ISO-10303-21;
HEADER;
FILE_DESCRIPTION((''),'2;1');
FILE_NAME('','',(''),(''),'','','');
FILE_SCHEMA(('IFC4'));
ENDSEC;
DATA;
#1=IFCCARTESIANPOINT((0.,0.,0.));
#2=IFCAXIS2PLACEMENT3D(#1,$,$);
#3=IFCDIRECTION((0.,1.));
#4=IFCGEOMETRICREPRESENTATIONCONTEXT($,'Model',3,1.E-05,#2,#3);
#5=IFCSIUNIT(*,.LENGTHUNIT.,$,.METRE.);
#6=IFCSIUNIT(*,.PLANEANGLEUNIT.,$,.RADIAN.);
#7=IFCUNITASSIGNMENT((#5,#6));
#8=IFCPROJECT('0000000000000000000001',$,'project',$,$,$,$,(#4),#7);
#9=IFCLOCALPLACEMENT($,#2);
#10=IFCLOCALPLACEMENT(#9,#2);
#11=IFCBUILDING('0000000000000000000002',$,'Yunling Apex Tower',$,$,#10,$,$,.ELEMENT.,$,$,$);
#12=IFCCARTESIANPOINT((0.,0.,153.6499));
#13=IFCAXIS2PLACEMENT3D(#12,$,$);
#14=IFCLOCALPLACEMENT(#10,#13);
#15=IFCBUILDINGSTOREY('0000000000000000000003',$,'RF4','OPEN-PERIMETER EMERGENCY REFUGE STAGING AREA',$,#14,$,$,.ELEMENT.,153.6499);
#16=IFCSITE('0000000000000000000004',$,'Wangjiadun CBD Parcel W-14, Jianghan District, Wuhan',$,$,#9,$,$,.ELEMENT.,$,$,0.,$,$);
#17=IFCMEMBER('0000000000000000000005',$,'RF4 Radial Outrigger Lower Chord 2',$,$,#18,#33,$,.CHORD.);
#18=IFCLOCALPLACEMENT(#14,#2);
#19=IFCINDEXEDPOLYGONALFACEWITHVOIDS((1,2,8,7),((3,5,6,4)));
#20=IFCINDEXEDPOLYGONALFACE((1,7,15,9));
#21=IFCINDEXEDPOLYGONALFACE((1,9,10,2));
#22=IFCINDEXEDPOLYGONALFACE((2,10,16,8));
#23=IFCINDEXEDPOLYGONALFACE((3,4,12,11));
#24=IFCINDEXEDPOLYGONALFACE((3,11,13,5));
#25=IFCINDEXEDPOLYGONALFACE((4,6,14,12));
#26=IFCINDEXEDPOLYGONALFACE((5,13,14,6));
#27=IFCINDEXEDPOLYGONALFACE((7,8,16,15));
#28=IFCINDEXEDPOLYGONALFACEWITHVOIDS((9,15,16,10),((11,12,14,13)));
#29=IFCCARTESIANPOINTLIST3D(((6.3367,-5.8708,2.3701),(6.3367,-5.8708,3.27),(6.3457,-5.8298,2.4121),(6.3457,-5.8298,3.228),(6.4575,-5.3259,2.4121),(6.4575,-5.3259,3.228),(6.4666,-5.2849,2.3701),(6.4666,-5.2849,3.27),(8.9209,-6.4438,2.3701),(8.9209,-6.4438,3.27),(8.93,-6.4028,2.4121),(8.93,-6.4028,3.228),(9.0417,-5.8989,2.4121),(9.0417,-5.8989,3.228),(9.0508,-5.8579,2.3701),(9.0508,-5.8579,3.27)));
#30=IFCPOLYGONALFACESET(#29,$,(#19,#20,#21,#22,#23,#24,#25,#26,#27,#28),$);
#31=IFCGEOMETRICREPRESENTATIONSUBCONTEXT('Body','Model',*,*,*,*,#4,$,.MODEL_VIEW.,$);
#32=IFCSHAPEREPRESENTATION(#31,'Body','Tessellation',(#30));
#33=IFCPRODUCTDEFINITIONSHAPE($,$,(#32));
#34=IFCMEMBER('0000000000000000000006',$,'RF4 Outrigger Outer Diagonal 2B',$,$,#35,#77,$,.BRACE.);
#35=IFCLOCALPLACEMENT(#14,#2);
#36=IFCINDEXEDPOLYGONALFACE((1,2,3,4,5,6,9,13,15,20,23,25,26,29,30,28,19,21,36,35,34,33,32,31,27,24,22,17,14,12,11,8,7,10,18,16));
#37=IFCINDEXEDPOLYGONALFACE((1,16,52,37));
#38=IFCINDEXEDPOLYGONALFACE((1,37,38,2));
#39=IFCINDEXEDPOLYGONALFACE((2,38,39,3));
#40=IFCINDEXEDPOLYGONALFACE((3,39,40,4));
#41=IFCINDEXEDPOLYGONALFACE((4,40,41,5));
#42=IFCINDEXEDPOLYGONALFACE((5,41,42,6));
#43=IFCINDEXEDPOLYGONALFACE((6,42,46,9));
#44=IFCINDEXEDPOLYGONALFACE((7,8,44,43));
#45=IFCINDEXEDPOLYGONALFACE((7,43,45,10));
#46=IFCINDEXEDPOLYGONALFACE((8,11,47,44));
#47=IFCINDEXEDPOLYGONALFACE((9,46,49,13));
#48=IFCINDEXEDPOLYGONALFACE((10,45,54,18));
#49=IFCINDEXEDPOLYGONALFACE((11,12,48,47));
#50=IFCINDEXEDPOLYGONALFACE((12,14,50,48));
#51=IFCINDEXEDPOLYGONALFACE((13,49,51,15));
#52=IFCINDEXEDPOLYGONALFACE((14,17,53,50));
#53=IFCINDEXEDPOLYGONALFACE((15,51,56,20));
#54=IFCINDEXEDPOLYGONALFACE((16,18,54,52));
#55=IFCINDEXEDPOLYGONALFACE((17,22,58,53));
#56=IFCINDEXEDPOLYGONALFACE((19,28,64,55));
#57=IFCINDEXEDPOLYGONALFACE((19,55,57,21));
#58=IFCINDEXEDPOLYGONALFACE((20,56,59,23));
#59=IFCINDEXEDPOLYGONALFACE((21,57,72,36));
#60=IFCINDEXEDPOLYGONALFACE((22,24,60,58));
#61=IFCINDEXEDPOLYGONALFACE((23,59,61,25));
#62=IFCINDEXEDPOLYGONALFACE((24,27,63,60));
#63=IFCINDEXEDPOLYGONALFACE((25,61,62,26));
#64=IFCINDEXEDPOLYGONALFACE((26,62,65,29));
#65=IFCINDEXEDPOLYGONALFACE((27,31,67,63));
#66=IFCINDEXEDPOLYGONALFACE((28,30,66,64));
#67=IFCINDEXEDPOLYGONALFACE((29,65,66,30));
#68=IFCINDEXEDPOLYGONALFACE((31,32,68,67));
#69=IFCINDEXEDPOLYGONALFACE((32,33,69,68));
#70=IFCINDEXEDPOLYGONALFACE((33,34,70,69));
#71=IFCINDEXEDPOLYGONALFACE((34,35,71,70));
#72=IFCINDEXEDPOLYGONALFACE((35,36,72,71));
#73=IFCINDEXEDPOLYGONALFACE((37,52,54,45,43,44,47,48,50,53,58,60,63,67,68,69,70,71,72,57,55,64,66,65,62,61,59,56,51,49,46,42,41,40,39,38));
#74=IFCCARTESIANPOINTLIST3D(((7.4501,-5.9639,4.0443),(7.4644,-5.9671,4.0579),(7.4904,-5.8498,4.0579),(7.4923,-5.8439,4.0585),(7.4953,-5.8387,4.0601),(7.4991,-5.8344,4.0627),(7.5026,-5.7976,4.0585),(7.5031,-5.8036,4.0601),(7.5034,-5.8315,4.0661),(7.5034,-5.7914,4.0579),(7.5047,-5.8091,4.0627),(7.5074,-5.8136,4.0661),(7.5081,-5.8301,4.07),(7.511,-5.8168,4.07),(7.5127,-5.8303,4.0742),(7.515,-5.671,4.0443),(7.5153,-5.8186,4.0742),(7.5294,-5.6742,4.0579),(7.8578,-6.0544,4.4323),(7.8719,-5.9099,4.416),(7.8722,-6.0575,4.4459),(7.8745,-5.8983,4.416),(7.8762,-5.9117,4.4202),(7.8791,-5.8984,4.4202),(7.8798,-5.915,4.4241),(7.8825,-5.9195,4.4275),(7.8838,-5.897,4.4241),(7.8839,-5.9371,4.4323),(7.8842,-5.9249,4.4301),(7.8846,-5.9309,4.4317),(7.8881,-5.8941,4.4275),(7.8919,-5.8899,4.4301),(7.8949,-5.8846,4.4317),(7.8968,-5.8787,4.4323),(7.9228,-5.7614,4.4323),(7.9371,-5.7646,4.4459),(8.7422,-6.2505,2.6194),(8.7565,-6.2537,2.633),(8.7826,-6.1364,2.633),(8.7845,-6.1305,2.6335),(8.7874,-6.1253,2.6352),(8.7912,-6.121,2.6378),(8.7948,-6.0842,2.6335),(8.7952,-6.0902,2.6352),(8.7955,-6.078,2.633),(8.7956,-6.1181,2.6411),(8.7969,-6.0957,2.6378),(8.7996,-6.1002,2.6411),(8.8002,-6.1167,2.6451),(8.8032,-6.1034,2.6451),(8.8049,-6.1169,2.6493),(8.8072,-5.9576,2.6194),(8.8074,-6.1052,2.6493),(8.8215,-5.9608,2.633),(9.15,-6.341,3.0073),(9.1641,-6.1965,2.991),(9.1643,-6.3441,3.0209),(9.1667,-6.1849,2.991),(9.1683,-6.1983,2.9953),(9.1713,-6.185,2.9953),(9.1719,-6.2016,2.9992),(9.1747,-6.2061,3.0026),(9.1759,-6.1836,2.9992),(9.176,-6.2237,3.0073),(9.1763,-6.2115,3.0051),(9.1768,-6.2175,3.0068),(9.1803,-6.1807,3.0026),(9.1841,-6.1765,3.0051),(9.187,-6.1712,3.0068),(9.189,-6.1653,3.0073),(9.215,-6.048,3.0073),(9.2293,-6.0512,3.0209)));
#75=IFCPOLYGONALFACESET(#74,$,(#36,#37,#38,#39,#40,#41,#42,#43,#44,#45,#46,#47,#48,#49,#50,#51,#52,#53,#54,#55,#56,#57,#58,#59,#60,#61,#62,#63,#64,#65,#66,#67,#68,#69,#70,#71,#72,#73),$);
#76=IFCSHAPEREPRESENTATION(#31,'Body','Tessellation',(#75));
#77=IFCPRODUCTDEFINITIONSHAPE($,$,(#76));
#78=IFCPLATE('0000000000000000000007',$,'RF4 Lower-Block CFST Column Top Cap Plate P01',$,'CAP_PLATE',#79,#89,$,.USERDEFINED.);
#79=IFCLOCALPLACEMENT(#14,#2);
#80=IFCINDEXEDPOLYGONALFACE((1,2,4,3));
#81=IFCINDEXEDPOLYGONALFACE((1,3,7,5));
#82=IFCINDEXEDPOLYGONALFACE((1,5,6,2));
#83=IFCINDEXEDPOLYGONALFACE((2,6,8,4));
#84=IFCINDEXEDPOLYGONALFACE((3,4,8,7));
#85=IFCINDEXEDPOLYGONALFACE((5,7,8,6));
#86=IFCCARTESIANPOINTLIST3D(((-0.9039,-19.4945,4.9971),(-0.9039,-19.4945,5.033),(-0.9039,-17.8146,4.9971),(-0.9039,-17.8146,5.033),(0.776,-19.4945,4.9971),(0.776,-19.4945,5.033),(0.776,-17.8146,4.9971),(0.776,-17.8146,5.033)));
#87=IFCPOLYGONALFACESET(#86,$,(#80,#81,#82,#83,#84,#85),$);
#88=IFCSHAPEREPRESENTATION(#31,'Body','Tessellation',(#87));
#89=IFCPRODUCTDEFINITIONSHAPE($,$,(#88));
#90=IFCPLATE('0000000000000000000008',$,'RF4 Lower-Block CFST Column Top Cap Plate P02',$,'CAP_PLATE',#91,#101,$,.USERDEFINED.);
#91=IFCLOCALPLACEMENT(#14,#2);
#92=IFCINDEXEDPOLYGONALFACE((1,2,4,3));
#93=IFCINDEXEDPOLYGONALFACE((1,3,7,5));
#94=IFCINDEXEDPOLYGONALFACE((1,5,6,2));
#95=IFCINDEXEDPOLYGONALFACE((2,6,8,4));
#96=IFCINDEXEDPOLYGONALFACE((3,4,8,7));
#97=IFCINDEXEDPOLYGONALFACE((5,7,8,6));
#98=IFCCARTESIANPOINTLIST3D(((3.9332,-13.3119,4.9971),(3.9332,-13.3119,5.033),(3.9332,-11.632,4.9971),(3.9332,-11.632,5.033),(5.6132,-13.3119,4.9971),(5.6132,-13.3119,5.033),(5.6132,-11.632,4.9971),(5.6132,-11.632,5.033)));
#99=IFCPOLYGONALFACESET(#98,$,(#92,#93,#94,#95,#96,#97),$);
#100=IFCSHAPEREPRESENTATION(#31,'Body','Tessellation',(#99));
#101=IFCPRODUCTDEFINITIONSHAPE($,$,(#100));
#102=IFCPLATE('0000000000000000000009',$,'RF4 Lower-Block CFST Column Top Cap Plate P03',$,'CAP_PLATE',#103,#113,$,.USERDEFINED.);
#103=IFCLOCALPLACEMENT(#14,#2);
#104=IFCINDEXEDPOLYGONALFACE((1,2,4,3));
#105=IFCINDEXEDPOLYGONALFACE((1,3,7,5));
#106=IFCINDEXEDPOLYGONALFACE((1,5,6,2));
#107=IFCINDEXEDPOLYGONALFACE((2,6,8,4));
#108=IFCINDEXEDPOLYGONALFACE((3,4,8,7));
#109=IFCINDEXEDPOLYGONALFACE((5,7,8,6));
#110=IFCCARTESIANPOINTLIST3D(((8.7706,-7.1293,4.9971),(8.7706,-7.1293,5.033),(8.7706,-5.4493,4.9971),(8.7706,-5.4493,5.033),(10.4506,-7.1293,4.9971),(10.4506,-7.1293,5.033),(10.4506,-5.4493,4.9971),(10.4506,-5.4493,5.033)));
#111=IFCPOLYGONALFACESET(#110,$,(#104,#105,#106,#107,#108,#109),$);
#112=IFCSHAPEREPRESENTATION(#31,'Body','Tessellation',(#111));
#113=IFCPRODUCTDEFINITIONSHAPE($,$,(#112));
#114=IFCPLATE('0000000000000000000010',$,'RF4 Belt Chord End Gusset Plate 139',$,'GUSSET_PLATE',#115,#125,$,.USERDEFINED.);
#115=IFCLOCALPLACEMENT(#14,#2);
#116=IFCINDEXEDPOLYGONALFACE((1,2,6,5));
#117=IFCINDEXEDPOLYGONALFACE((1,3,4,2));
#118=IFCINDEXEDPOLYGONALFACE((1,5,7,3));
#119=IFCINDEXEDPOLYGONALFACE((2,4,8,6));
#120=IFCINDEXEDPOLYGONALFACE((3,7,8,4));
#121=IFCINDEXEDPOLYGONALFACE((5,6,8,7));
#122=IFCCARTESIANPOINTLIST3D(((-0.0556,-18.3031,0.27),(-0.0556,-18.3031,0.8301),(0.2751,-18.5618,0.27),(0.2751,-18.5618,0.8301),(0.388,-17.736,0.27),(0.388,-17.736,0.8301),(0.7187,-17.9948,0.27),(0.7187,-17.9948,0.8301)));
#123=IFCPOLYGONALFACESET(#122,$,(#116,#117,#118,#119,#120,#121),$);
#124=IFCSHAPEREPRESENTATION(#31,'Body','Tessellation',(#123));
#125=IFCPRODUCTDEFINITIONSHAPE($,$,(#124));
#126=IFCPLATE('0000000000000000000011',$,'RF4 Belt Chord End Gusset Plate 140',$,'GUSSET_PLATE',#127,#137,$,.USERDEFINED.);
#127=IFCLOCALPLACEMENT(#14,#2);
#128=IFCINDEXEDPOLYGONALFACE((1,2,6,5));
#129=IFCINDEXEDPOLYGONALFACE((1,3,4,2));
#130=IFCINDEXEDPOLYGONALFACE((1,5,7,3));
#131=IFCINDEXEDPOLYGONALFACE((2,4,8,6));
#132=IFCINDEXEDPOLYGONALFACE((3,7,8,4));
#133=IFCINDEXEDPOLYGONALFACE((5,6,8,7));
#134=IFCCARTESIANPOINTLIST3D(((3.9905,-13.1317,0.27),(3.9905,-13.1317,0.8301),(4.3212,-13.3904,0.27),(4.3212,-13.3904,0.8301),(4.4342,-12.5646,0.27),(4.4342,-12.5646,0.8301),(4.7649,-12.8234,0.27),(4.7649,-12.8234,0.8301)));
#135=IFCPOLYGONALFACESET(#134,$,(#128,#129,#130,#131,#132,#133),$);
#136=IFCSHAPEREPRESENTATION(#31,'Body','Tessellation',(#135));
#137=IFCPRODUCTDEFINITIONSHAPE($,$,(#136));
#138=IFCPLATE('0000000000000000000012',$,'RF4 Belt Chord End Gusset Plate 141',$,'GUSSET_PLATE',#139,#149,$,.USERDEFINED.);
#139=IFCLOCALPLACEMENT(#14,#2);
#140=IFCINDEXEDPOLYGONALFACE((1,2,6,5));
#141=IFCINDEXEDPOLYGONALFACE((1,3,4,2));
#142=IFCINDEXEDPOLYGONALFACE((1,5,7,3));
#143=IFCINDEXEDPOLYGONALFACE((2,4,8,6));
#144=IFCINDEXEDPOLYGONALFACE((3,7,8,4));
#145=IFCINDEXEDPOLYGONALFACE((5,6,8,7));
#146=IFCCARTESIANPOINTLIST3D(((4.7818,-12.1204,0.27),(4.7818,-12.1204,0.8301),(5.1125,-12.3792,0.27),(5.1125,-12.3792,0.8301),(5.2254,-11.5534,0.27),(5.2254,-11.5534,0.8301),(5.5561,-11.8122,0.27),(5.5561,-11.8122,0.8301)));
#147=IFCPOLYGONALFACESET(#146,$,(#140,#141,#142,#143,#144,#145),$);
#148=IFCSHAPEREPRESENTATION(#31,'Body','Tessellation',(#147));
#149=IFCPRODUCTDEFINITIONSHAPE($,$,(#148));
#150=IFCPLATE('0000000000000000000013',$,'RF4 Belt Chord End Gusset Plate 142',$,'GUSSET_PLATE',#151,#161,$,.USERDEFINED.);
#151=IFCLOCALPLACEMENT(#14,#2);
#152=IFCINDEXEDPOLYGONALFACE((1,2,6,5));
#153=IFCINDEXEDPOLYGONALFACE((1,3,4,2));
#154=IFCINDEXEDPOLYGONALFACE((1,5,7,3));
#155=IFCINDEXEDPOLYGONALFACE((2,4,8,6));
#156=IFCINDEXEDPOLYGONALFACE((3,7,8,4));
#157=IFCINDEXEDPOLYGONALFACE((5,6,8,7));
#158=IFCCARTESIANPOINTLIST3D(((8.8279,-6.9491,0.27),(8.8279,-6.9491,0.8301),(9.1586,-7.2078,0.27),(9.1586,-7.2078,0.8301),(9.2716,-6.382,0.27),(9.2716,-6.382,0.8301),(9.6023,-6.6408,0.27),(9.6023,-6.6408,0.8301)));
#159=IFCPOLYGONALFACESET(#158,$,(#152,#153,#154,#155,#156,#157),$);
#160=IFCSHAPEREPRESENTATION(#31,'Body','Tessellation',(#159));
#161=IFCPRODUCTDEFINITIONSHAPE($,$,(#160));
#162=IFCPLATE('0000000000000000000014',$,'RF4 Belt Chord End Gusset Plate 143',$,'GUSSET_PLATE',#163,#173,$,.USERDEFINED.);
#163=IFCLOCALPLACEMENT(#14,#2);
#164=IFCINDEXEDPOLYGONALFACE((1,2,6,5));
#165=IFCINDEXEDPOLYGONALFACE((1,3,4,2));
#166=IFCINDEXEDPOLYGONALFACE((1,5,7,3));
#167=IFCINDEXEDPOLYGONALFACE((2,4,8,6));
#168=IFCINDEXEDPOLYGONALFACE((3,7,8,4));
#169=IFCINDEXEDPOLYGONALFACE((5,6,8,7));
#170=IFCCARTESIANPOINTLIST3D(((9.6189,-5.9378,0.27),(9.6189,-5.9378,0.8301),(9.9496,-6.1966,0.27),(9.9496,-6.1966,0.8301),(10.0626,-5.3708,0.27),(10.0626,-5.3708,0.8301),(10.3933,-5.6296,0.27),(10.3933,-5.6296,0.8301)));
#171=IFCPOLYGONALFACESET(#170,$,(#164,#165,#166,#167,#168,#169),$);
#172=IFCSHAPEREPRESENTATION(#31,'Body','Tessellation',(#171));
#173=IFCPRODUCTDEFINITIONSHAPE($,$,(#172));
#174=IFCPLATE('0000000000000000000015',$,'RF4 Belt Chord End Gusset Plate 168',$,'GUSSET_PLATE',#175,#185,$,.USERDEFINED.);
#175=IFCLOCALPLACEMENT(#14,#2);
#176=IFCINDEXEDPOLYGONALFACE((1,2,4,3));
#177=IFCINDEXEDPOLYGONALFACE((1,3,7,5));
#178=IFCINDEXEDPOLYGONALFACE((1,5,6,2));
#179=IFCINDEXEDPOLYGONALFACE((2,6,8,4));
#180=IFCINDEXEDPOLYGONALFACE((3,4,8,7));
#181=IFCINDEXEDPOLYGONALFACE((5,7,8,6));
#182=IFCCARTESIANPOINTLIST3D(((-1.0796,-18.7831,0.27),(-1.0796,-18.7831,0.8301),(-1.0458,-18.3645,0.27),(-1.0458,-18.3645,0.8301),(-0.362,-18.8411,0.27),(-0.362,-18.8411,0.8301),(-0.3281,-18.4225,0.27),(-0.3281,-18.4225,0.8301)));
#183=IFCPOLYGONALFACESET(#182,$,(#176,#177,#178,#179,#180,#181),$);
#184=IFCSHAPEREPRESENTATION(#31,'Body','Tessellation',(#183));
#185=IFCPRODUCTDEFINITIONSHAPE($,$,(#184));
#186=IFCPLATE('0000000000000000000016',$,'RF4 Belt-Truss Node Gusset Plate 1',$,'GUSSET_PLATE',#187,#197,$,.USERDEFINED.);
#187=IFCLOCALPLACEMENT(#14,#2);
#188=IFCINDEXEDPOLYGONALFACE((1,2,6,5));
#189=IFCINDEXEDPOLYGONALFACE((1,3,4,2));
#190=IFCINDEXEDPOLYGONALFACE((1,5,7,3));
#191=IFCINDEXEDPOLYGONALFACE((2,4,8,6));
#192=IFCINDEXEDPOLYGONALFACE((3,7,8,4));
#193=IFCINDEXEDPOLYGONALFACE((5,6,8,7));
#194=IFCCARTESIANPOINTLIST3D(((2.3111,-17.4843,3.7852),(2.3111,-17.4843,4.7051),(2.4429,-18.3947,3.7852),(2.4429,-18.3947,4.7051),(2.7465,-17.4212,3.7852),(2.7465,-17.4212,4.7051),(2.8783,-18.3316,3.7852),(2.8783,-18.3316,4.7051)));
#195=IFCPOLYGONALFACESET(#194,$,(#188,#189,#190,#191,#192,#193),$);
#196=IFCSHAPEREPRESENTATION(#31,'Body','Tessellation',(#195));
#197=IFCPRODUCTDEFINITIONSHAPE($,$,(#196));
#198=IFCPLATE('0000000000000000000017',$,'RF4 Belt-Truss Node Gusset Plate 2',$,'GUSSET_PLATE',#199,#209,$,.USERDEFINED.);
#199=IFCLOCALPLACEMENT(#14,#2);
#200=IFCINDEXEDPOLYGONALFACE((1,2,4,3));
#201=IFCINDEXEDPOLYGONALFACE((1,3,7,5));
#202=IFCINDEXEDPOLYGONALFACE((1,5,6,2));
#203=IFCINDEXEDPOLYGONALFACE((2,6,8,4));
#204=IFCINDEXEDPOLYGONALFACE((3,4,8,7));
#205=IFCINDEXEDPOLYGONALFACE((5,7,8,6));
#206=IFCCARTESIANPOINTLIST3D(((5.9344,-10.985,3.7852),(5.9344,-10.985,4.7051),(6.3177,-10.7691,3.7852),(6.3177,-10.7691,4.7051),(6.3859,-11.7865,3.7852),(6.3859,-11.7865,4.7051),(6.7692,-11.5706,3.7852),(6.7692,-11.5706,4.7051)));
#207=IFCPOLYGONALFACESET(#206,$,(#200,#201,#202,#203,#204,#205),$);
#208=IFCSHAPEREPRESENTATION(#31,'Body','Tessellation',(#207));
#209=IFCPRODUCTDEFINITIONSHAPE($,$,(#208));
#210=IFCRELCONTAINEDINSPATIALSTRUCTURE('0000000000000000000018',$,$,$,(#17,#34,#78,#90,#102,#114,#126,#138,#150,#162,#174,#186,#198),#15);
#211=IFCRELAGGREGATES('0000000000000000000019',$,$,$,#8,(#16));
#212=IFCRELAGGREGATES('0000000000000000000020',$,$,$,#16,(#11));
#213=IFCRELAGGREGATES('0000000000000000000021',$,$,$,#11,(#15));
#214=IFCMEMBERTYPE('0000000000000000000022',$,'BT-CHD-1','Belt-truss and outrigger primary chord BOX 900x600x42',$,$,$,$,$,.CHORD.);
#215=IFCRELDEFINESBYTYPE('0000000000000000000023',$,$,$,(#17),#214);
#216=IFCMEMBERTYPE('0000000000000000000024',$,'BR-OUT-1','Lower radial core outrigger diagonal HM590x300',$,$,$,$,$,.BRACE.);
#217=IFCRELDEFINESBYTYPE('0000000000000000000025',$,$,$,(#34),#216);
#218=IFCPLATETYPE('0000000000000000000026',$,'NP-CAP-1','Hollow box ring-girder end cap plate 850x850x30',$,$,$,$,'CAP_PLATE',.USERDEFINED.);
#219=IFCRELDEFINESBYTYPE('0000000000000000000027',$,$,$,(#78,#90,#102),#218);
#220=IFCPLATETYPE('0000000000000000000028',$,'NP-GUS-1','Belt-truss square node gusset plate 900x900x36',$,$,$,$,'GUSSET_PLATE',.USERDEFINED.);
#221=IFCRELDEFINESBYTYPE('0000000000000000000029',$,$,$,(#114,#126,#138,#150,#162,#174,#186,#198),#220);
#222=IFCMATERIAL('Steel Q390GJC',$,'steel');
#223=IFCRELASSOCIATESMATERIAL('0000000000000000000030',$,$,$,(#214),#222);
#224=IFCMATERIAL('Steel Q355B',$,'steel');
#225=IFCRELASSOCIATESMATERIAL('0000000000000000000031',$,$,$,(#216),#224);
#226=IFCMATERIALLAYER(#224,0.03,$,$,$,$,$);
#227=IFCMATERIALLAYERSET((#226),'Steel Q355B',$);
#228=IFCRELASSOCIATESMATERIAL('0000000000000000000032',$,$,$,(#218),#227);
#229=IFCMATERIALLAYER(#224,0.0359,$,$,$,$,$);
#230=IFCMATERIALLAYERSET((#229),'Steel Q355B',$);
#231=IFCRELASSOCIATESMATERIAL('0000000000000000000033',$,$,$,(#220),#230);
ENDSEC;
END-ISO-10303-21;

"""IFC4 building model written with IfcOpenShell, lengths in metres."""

from ifc_helpers import new_model, si_unit, direction, frame, origin, origin_2d, place, context, subcontext, project, spatial, rectangle, hollow_rectangle, i_section, extrude, source, transform, mapped, material, layer, layer_set, material_profile, profile_set, type_object, element, save


model = new_model("IFC4")

# Units and contexts
model_context = context("Model", 3, precision=1e-05, world=origin(), true_north=direction((0.0, 1.0)))
body_context = subcontext(model_context, "Body", "Model", "MODEL_VIEW")
ifc_project = project(units=[si_unit("LENGTHUNIT", "METRE"), si_unit("PLANEANGLEUNIT", "RADIAN")], contexts=[model_context])

# Site, building, storey
site_placement = place(None, origin())
site = spatial("IfcSite", under=ifc_project, at=site_placement, Name="Wangjiadun CBD Parcel W-14, Jianghan District, Wuhan", CompositionType="ELEMENT", RefElevation=0.0)
building_placement = place(site_placement, origin())
building = spatial("IfcBuilding", under=site, at=building_placement, Name="Yunling Apex Tower", CompositionType="ELEMENT")
storey_placement = place(building_placement, frame((0.0, 0.0, 153.6499)))
storey = spatial("IfcBuildingStorey", under=building, at=storey_placement, Name="RF4", Description="OPEN-PERIMETER EMERGENCY REFUGE STAGING AREA", CompositionType="ELEMENT", Elevation=153.6499)

# Shared definitions
ifc_material_1 = material(Name="Steel Q390GJC", Category="steel")

# Shared definitions
ifc_material_profile_1 = material_profile(ifc_material_1, hollow_rectangle(XDim=0.6001, YDim=0.8999, WallThickness=0.042, at=origin_2d()))
ifc_profile_set_1 = profile_set([ifc_material_profile_1], Name="Steel Q390GJC")
member_type_1 = type_object("IfcMemberType", Name="BT-CHD-1", Description="Belt-truss and outrigger primary chord BOX 900x600x42", PredefinedType="CHORD", material=ifc_profile_set_1)

# Shared definitions
ifc_material_2 = material(Name="Steel Q355B", Category="steel")

# Members
shared_shape_1 = source(origin(), body_context, "Body", "SweptSolid", [
    extrude(hollow_rectangle(XDim=0.6001, YDim=0.8999, WallThickness=0.042, at=origin_2d()), origin(), (0.0, 0.0, 1.0), 2.647),
])
member_1_placement = place(storey_placement, frame((6.4016, -5.5779, 2.8201), z_axis=(0.976289, -0.216471, 0.0), x_axis=(0.216471, 0.976289, 0.0)))
element("IfcMember", 1, at=member_1_placement, inside=storey, type_object=member_type_1, Name="RF4 Radial Outrigger Lower Chord 2", PredefinedType="CHORD", context=body_context, shape_type="MappedRepresentation", body=[
    mapped(shared_shape_1, transform((0.0, 0.0, 0.0), scale=1.0)),
])
ifc_material_profile_2 = material_profile(ifc_material_2, i_section(OverallWidth=0.3, OverallDepth=0.5901, WebThickness=0.012, FlangeThickness=0.02, FilletRadius=0.0239, at=origin_2d()))
ifc_profile_set_2 = profile_set([ifc_material_profile_2], Name="Steel Q355B")
member_type_2 = type_object("IfcMemberType", Name="BR-OUT-1", Description="Lower radial core outrigger diagonal HM590x300", PredefinedType="BRACE", material=ifc_profile_set_2)
shared_shape_2 = source(origin(), body_context, "Body", "SweptSolid", [
    extrude(i_section(OverallWidth=0.3, OverallDepth=0.5901, WebThickness=0.012, FlangeThickness=0.02, FilletRadius=0.0239, at=origin_2d()), origin(), (0.0, 0.0, 1.0), 1.9448),
])
member_2_placement = place(storey_placement, frame((7.6936, -5.8643, 4.2451), z_axis=(0.664409, -0.147368, -0.732696), x_axis=(0.21654, 0.976274, 0.0)))
element("IfcMember", 2, at=member_2_placement, inside=storey, type_object=member_type_2, Name="RF4 Outrigger Outer Diagonal 2B", PredefinedType="BRACE", context=body_context, shape_type="MappedRepresentation", body=[
    mapped(shared_shape_2, transform((0.0, 0.0, 0.0), scale=1.0)),
])

# Plates
ifc_layer_1 = layer(ifc_material_2, 0.03)
ifc_layer_set_1 = layer_set([ifc_layer_1], Name="Steel Q355B")
plate_type_1 = type_object("IfcPlateType", Name="NP-CAP-1", Description="Hollow box ring-girder end cap plate 850x850x30", ElementType="CAP_PLATE", PredefinedType="USERDEFINED", material=ifc_layer_set_1)
shared_shape_3 = source(origin(), body_context, "Body", "SweptSolid", [
    extrude(rectangle(XDim=1.6799, YDim=1.6799, at=origin_2d()), origin(), (0.0, 0.0, 1.0), 0.0359),
])
for number, where, z_axis, x_axis, name in (
    (3, (-0.064, -18.6545, 4.9971), (0.0, 0.0, 1.0), (1.0, 0.0, 0.0), "RF4 Lower-Block CFST Column Top Cap Plate P01"),
    (4, (4.7732, -12.4719, 4.9971), (0.0, 0.0, 1.0), (1.0, 0.0, 0.0), "RF4 Lower-Block CFST Column Top Cap Plate P02"),
    (5, (9.6106, -6.2893, 4.9971), (0.0, 0.0, 1.0), (1.0, 0.0, 0.0), "RF4 Lower-Block CFST Column Top Cap Plate P03"),
):
    element("IfcPlate", number, at=place(storey_placement, frame(where, z_axis=z_axis, x_axis=x_axis)), inside=storey, type_object=plate_type_1, Name=name, ObjectType="CAP_PLATE", PredefinedType="USERDEFINED", context=body_context, shape_type="MappedRepresentation", body=[
        mapped(shared_shape_3, transform((0.0, 0.0, 0.0), scale=1.0)),
    ])
ifc_layer_2 = layer(ifc_material_2, 0.0359)
ifc_layer_set_2 = layer_set([ifc_layer_2], Name="Steel Q355B")
plate_type_2 = type_object("IfcPlateType", Name="NP-GUS-1", Description="Belt-truss square node gusset plate 900x900x36", ElementType="GUSSET_PLATE", PredefinedType="USERDEFINED", material=ifc_layer_set_2)
shared_shape_4 = source(origin(), body_context, "Body", "SweptSolid", [
    extrude(rectangle(XDim=0.72, YDim=0.4199, at=origin_2d()), origin(), (0.0, 0.0, 1.0), 0.5601),
])
for number, where, z_axis, x_axis, name in (
    (6, (0.3315, -18.1489, 0.27), (0.0, 0.0, 1.0), (0.616211, 0.787581, 0.0), "RF4 Belt Chord End Gusset Plate 139"),
    (7, (4.3777, -12.9775, 0.27), (0.0, 0.0, 1.0), (0.616211, 0.787581, 0.0), "RF4 Belt Chord End Gusset Plate 140"),
    (8, (5.1689, -11.9663, 0.27), (0.0, 0.0, 1.0), (0.616211, 0.787581, 0.0), "RF4 Belt Chord End Gusset Plate 141"),
    (9, (9.2151, -6.7949, 0.27), (0.0, 0.0, 1.0), (0.616211, 0.787581, 0.0), "RF4 Belt Chord End Gusset Plate 142"),
    (10, (10.0061, -5.7837, 0.27), (0.0, 0.0, 1.0), (0.616211, 0.787581, 0.0), "RF4 Belt Chord End Gusset Plate 143"),
    (11, (-0.7039, -18.6028, 0.27), (0.0, 0.0, 1.0), (0.996751, -0.080547, 0.0), "RF4 Belt Chord End Gusset Plate 168"),
):
    element("IfcPlate", number, at=place(storey_placement, frame(where, z_axis=z_axis, x_axis=x_axis)), inside=storey, type_object=plate_type_2, Name=name, ObjectType="GUSSET_PLATE", PredefinedType="USERDEFINED", context=body_context, shape_type="MappedRepresentation", body=[
        mapped(shared_shape_4, transform((0.0, 0.0, 0.0), scale=1.0)),
    ])
shared_shape_5 = source(origin(), body_context, "Body", "SweptSolid", [
    extrude(rectangle(XDim=0.9199, YDim=0.4399, at=origin_2d()), origin(), (0.0, 0.0, 1.0), 0.9199),
])
for number, where, z_axis, x_axis, name in (
    (12, (2.5947, -17.908, 3.7852), (0.0, 0.0, 1.0), (0.14332, -0.989676, 0.0), "RF4 Belt-Truss Node Gusset Plate 1"),
    (13, (6.3518, -11.2778, 3.7852), (0.0, 0.0, 1.0), (0.490752, -0.871299, 0.0), "RF4 Belt-Truss Node Gusset Plate 2"),
):
    element("IfcPlate", number, at=place(storey_placement, frame(where, z_axis=z_axis, x_axis=x_axis)), inside=storey, type_object=plate_type_2, Name=name, ObjectType="GUSSET_PLATE", PredefinedType="USERDEFINED", context=body_context, shape_type="MappedRepresentation", body=[
        mapped(shared_shape_5, transform((0.0, 0.0, 0.0), scale=1.0)),
    ])

save(model, "model.ifc")
